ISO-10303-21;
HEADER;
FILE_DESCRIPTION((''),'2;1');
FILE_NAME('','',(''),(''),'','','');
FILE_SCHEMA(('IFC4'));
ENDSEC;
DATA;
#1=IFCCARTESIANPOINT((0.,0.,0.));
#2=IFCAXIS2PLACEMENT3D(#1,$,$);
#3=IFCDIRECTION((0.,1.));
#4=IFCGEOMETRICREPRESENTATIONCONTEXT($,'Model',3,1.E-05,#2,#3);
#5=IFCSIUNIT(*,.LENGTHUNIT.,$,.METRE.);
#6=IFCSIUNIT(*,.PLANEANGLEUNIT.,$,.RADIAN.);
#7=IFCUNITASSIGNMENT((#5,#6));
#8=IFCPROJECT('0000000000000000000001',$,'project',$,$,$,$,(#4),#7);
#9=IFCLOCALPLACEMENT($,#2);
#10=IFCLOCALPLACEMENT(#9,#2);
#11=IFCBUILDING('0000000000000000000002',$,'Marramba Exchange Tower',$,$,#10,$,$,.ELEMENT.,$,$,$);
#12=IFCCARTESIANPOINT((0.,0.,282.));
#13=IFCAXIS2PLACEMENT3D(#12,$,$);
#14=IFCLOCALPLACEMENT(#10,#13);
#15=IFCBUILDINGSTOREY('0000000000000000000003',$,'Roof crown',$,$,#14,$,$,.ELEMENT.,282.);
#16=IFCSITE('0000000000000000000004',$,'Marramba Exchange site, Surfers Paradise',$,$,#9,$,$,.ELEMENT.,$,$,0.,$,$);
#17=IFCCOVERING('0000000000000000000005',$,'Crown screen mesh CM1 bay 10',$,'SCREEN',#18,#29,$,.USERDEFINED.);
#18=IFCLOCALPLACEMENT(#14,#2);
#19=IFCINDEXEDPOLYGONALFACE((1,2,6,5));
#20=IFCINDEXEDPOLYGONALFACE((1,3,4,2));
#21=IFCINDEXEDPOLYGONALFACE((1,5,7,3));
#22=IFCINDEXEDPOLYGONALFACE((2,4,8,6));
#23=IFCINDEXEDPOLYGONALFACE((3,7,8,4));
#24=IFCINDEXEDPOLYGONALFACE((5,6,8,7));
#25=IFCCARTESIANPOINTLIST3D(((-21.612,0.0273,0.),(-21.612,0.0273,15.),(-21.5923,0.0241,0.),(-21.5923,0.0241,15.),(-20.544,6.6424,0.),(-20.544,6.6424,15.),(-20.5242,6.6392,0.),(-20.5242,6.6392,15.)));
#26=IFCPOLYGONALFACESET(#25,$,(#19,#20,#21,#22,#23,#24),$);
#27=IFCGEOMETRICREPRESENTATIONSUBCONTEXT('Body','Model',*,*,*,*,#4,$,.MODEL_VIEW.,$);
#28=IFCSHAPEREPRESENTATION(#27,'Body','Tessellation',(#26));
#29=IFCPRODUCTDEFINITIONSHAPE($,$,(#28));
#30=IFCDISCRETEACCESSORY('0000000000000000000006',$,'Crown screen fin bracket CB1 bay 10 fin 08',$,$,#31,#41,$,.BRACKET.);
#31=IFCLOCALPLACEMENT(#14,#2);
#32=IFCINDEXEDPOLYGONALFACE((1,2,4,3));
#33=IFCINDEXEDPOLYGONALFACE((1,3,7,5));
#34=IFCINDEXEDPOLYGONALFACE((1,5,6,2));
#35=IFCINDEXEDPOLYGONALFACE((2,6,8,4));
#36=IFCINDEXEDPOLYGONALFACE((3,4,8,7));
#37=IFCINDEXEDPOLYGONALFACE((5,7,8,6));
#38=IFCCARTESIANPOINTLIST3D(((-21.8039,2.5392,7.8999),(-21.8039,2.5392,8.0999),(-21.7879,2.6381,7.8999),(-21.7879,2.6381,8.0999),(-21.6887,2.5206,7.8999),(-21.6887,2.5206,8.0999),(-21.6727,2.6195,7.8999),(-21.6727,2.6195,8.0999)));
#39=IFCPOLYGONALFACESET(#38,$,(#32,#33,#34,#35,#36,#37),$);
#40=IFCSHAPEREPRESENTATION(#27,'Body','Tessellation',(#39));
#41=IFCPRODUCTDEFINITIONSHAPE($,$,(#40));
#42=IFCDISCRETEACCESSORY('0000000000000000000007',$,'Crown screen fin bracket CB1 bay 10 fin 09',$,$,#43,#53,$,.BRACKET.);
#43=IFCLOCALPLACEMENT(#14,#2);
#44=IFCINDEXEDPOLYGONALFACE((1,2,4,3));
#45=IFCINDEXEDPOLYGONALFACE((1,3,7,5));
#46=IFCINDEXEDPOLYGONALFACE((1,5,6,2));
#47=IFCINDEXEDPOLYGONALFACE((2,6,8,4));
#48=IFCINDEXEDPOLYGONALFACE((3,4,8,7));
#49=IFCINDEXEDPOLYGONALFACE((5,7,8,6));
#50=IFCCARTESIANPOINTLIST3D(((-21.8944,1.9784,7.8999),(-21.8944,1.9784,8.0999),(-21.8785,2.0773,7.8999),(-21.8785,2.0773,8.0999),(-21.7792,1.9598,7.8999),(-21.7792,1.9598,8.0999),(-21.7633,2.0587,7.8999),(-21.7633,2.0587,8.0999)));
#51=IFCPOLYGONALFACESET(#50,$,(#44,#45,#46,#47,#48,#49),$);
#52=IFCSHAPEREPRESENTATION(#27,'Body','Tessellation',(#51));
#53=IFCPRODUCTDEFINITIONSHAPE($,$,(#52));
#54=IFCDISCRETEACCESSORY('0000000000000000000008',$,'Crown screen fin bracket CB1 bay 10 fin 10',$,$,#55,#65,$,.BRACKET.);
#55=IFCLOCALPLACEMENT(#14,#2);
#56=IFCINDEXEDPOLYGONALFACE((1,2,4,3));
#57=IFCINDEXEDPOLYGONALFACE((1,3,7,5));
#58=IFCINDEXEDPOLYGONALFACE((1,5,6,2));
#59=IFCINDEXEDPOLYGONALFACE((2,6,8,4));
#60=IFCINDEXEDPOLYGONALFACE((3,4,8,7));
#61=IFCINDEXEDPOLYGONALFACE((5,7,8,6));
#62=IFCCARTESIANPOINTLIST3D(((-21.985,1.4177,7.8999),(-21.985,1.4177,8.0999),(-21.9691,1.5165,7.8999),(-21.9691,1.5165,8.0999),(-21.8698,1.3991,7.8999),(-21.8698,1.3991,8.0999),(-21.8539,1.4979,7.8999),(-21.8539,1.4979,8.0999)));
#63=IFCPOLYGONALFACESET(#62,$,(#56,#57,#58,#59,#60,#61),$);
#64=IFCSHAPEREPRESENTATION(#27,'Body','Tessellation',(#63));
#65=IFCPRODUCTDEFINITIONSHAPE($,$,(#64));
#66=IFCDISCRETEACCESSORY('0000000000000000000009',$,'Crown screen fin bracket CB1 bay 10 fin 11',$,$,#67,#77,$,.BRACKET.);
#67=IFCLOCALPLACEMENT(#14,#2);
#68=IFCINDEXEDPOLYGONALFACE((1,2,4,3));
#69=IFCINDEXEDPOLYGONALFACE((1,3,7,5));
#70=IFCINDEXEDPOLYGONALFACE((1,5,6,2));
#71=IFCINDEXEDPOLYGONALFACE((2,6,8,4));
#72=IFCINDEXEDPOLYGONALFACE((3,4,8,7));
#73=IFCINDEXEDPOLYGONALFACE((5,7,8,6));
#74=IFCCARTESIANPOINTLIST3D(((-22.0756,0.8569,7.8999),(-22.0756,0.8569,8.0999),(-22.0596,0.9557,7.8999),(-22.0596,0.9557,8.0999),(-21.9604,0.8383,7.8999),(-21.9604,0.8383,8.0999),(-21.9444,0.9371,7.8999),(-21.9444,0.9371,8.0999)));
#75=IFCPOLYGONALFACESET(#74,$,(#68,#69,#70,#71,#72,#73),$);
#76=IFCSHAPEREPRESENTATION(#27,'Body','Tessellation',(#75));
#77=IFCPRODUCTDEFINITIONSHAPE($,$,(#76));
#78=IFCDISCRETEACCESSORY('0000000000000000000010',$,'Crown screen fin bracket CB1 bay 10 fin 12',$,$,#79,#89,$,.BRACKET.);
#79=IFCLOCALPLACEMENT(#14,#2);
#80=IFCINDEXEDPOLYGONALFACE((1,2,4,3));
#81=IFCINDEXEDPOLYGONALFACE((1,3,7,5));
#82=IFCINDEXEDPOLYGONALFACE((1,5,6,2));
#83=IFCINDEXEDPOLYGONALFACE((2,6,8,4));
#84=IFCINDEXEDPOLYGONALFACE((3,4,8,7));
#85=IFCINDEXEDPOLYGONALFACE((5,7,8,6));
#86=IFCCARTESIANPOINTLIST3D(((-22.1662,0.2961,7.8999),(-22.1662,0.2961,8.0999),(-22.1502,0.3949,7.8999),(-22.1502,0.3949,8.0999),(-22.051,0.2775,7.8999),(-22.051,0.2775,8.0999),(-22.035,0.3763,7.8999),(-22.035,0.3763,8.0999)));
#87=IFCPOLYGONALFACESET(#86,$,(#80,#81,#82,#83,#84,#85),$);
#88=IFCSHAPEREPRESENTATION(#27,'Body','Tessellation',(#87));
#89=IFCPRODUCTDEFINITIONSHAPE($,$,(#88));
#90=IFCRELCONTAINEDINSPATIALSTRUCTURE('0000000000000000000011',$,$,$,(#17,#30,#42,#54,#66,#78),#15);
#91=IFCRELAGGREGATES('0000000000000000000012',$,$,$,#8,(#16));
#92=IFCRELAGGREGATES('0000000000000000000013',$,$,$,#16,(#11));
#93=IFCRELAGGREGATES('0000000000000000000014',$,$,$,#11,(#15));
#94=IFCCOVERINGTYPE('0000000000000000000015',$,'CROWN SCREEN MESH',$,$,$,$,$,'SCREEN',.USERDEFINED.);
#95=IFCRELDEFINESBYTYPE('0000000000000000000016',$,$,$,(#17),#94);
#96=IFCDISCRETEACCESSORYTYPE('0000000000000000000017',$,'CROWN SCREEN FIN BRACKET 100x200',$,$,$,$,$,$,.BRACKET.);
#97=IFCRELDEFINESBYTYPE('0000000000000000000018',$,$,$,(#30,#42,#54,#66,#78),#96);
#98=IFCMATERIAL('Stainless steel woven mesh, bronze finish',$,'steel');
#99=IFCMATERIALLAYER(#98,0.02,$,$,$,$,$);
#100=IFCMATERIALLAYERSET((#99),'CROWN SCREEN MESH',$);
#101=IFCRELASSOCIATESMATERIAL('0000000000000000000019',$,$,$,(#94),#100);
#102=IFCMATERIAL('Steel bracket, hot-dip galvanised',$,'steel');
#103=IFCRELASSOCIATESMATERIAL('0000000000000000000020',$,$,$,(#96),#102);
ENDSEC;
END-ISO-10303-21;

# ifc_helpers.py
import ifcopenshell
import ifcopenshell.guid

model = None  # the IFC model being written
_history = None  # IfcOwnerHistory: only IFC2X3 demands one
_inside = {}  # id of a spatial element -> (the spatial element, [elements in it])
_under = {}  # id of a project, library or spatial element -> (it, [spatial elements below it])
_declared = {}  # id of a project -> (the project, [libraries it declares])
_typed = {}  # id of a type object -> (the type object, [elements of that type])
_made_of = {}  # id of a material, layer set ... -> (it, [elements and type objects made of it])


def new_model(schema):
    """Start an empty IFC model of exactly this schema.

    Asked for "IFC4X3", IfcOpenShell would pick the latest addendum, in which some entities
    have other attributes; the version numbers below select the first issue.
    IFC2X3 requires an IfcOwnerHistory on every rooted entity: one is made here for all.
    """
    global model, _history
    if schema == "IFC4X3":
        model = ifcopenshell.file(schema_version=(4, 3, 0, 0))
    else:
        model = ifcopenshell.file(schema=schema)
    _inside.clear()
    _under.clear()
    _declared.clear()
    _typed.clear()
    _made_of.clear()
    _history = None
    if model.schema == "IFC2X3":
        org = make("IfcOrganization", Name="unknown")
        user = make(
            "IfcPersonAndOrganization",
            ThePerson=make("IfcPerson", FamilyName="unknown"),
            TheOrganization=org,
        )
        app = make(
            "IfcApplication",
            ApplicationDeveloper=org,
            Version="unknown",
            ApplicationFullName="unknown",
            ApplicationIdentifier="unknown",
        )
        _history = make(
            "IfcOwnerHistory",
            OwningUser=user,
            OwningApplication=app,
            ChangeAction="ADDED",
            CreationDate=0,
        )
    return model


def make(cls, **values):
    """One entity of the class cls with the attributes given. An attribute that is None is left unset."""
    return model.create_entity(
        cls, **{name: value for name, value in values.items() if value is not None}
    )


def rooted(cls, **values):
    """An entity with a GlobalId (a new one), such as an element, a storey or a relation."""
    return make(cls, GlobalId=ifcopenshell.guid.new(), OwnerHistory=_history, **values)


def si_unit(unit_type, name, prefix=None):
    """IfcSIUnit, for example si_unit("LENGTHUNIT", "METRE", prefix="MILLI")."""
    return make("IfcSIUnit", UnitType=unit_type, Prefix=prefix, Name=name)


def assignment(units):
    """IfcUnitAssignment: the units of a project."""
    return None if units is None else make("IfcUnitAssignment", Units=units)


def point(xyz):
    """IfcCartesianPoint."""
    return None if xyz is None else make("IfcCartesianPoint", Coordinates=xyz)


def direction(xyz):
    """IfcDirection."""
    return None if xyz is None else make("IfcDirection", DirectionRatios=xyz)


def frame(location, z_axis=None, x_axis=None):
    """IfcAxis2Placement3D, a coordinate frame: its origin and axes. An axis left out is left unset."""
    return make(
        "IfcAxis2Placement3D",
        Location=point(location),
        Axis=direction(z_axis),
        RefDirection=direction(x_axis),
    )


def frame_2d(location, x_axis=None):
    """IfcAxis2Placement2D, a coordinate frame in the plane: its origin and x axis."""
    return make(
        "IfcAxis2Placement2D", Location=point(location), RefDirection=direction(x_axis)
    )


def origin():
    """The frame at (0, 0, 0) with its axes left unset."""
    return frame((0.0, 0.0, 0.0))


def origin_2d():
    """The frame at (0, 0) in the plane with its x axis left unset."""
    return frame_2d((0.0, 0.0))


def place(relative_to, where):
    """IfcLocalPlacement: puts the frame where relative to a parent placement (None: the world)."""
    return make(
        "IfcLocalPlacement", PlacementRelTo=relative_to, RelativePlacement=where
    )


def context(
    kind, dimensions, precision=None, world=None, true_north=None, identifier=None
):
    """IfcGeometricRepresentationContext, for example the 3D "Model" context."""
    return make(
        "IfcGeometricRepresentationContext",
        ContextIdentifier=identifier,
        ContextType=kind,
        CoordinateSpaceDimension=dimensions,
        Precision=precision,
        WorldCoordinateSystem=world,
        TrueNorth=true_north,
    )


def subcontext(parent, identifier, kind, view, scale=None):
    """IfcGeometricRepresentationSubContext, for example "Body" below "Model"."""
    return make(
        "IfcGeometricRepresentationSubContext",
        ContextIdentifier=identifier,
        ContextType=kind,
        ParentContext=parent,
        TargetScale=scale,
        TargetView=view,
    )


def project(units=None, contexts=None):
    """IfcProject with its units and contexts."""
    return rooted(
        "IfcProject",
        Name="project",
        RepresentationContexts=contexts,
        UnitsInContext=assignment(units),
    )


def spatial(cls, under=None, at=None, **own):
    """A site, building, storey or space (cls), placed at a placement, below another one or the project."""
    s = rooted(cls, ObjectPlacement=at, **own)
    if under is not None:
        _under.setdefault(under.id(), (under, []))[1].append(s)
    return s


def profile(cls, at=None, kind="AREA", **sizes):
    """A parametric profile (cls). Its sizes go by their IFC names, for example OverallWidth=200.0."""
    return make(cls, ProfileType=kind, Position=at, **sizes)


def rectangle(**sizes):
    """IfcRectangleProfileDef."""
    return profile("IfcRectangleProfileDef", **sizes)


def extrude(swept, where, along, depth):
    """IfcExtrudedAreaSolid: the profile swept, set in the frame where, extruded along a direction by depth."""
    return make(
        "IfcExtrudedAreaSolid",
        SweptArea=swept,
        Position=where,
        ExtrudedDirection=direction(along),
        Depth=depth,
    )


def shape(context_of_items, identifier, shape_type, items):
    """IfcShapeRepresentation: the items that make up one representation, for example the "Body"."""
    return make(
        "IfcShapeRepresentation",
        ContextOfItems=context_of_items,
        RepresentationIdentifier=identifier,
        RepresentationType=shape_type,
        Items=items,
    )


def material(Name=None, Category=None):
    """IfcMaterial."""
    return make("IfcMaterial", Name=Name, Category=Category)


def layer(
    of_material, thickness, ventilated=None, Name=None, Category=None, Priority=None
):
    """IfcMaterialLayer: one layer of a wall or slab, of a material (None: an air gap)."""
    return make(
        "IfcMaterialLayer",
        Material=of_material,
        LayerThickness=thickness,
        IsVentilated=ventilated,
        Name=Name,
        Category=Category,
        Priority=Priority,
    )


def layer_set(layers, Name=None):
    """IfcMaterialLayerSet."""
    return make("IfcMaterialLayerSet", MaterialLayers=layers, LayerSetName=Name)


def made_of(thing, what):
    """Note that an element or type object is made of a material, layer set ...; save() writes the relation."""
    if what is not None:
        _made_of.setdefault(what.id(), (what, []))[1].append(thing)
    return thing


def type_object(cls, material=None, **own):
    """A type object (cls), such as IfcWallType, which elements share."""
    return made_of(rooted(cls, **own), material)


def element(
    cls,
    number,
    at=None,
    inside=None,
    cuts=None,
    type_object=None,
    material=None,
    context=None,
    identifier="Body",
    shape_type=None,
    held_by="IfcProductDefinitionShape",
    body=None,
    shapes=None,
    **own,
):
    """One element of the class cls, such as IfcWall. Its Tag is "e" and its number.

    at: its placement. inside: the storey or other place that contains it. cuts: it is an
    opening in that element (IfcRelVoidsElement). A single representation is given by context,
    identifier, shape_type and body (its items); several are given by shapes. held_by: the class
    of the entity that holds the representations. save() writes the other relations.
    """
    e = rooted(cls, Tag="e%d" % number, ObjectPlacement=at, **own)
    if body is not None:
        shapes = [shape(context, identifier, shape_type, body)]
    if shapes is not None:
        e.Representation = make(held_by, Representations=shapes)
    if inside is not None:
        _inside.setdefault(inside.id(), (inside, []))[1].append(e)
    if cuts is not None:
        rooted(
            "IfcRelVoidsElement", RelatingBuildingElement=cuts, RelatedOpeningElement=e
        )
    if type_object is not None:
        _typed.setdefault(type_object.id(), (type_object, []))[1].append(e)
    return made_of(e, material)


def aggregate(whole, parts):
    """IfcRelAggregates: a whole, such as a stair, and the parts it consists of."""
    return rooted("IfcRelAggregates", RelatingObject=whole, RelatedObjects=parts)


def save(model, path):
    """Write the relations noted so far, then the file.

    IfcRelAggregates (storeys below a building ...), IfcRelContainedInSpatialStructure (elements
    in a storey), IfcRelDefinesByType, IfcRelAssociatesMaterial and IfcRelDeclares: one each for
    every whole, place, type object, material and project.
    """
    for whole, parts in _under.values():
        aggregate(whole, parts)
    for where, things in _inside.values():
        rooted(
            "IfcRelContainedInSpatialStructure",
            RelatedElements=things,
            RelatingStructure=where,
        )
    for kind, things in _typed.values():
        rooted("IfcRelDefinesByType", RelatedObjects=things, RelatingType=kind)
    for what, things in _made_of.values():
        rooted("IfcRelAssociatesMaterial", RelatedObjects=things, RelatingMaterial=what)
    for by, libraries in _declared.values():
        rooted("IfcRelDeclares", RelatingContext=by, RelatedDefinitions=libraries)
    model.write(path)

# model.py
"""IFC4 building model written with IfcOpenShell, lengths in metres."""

from ifc_helpers import new_model, si_unit, direction, frame, origin, origin_2d, place, context, subcontext, project, spatial, rectangle, extrude, material, layer, layer_set, type_object, element, save


model = new_model("IFC4")

# Units and contexts
model_context = context("Model", 3, precision=1e-05, world=origin(), true_north=direction((0.0, 1.0)))
body_context = subcontext(model_context, "Body", "Model", "MODEL_VIEW")
ifc_project = project(units=[si_unit("LENGTHUNIT", "METRE"), si_unit("PLANEANGLEUNIT", "RADIAN")], contexts=[model_context])

# Site, building, storey
site_placement = place(None, origin())
site = spatial("IfcSite", under=ifc_project, at=site_placement, Name="Marramba Exchange site, Surfers Paradise", CompositionType="ELEMENT", RefElevation=0.0)
building_placement = place(site_placement, origin())
building = spatial("IfcBuilding", under=site, at=building_placement, Name="Marramba Exchange Tower", CompositionType="ELEMENT")
storey_placement = place(building_placement, frame((0.0, 0.0, 282.0)))
storey = spatial("IfcBuildingStorey", under=building, at=storey_placement, Name="Roof crown", CompositionType="ELEMENT", Elevation=282.0)

# Covering
ifc_material_1 = material(Name="Stainless steel woven mesh, bronze finish", Category="steel")
ifc_layer_1 = layer(ifc_material_1, 0.02)
ifc_layer_set_1 = layer_set([ifc_layer_1], Name="CROWN SCREEN MESH")
covering_type = type_object("IfcCoveringType", Name="CROWN SCREEN MESH", ElementType="SCREEN", PredefinedType="USERDEFINED", material=ifc_layer_set_1)
covering_placement = place(storey_placement, frame((-21.0681, 3.3333, 0.0), z_axis=(0.0, 0.0, 1.0), x_axis=(-0.159394, -0.987215, 0.0)))
element("IfcCovering", 1, at=covering_placement, inside=storey, type_object=covering_type, Name="Crown screen mesh CM1 bay 10", ObjectType="SCREEN", PredefinedType="USERDEFINED", context=body_context, shape_type="SweptSolid", body=[
    extrude(rectangle(XDim=6.7007, YDim=0.02, at=origin_2d()), origin(), (0.0, 0.0, 1.0), 15.0),
])

# Discrete accessories
ifc_material_2 = material(Name="Steel bracket, hot-dip galvanised", Category="steel")
discrete_accessory_type = type_object("IfcDiscreteAccessoryType", Name="CROWN SCREEN FIN BRACKET 100x200", PredefinedType="BRACKET", material=ifc_material_2)
for number, where, z_axis, x_axis, name in (
    (2, (-21.7383, 2.5793, 7.8999), (0.0, 0.0, 1.0), (-0.159394, -0.987215, 0.0), "Crown screen fin bracket CB1 bay 10 fin 08"),
    (3, (-21.8289, 2.0186, 7.8999), (0.0, 0.0, 1.0), (-0.159394, -0.987215, 0.0), "Crown screen fin bracket CB1 bay 10 fin 09"),
    (4, (-21.9194, 1.4578, 7.8999), (0.0, 0.0, 1.0), (-0.159394, -0.987215, 0.0), "Crown screen fin bracket CB1 bay 10 fin 10"),
    (5, (-22.01, 0.897, 7.8999), (0.0, 0.0, 1.0), (-0.159394, -0.987215, 0.0), "Crown screen fin bracket CB1 bay 10 fin 11"),
    (6, (-22.1006, 0.3362, 7.8999), (0.0, 0.0, 1.0), (-0.159394, -0.987215, 0.0), "Crown screen fin bracket CB1 bay 10 fin 12"),
):
    element("IfcDiscreteAccessory", number, at=place(storey_placement, frame(where, z_axis=z_axis, x_axis=x_axis)), inside=storey, type_object=discrete_accessory_type, Name=name, PredefinedType="BRACKET", context=body_context, shape_type="SweptSolid", body=[
        extrude(rectangle(XDim=0.1001, YDim=0.1167, at=origin_2d()), origin(), (0.0, 0.0, 1.0), 0.2),
    ])

save(model, "model.ifc")
